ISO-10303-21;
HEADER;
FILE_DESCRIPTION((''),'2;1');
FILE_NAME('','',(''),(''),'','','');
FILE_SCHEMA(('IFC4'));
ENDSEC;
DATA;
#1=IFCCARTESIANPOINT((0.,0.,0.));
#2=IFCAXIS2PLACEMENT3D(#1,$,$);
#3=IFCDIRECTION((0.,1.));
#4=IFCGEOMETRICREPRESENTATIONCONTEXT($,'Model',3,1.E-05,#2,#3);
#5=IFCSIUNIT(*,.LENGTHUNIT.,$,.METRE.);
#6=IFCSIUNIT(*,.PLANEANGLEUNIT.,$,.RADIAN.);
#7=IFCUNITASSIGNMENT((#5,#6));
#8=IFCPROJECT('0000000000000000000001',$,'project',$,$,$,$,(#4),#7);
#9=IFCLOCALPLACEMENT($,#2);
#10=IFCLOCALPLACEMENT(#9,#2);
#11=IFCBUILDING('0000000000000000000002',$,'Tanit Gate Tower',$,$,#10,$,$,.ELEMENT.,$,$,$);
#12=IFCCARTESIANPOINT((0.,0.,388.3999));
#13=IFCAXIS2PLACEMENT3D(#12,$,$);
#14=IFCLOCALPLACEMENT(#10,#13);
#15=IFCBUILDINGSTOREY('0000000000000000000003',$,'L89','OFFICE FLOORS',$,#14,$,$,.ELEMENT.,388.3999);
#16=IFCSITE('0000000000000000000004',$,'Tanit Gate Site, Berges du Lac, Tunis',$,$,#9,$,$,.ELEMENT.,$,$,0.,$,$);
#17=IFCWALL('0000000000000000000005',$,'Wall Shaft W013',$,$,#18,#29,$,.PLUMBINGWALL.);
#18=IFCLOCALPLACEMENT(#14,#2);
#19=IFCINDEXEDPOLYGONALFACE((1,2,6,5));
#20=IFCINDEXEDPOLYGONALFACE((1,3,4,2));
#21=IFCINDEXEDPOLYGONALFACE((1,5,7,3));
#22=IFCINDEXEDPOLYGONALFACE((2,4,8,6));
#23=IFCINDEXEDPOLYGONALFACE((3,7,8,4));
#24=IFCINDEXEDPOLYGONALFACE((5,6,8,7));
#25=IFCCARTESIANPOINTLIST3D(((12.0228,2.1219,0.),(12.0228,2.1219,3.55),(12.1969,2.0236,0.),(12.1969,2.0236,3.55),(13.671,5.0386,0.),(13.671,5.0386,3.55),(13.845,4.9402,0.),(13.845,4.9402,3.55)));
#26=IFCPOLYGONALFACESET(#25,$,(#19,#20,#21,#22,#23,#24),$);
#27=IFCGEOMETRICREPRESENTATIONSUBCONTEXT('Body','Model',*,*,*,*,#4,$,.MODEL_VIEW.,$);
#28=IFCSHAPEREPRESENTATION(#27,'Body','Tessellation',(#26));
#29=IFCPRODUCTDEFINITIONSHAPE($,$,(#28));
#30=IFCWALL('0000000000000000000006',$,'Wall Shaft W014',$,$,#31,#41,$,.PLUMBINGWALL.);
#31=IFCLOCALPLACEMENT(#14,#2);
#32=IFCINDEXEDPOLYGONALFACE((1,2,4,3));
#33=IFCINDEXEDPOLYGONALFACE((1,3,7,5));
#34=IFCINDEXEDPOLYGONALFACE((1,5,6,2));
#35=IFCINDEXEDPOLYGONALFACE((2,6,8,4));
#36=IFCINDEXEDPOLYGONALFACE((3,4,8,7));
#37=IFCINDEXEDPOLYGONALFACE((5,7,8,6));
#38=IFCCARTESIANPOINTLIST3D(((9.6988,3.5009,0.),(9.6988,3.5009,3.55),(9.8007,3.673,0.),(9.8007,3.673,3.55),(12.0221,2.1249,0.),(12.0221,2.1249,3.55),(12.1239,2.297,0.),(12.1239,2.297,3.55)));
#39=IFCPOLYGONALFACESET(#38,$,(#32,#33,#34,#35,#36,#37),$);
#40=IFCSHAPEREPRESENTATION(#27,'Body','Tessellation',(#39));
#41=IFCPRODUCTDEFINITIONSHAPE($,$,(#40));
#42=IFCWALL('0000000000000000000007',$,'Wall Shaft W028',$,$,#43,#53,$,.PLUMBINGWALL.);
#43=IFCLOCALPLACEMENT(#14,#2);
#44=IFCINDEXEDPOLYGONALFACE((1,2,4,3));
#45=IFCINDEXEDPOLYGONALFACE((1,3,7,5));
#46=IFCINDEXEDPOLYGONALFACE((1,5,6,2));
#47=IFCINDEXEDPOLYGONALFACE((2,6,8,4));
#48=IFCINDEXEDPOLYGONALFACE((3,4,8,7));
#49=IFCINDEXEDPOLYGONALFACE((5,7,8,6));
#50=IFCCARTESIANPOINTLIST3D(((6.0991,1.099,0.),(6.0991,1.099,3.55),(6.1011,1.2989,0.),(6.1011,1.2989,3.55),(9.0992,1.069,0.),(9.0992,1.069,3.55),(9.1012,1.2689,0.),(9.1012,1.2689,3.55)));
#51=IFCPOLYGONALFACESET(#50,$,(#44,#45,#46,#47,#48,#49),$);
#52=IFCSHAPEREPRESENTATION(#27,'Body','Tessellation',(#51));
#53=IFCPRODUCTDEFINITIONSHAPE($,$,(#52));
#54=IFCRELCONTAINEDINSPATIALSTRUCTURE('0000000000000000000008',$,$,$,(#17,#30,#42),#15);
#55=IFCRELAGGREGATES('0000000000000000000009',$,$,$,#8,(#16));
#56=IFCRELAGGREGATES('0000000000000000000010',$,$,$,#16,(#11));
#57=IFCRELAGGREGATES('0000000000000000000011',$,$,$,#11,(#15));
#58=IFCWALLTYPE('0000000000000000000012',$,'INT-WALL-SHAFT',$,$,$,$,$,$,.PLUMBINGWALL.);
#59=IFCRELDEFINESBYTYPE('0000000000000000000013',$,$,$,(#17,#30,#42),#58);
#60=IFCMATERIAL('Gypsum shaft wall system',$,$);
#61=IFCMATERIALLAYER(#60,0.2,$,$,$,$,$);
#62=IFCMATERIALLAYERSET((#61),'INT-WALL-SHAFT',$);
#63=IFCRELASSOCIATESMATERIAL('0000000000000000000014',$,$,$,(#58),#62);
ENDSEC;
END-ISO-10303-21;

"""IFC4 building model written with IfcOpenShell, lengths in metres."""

from ifc_helpers import new_model, si_unit, direction, frame, frame_2d, origin, place, context, subcontext, project, spatial, rectangle, extrude, material, layer, layer_set, type_object, element, save


model = new_model("IFC4")

# Units and contexts
model_context = context("Model", 3, precision=1e-05, world=origin(), true_north=direction((0.0, 1.0)))
body_context = subcontext(model_context, "Body", "Model", "MODEL_VIEW")
ifc_project = project(units=[si_unit("LENGTHUNIT", "METRE"), si_unit("PLANEANGLEUNIT", "RADIAN")], contexts=[model_context])

# Site, building, storey
site_placement = place(None, origin())
site = spatial("IfcSite", under=ifc_project, at=site_placement, Name="Tanit Gate Site, Berges du Lac, Tunis", CompositionType="ELEMENT", RefElevation=0.0)
building_placement = place(site_placement, origin())
building = spatial("IfcBuilding", under=site, at=building_placement, Name="Tanit Gate Tower", CompositionType="ELEMENT")
storey_placement = place(building_placement, frame((0.0, 0.0, 388.3999)))
storey = spatial("IfcBuildingStorey", under=building, at=storey_placement, Name="L89", Description="OFFICE FLOORS", CompositionType="ELEMENT", Elevation=388.3999)

# Walls
ifc_material_1 = material(Name="Gypsum shaft wall system")
ifc_layer_1 = layer(ifc_material_1, 0.2)
ifc_layer_set_1 = layer_set([ifc_layer_1], Name="INT-WALL-SHAFT")
wall_type_1 = type_object("IfcWallType", Name="INT-WALL-SHAFT", PredefinedType="PLUMBINGWALL", material=ifc_layer_set_1)
wall_1_placement = place(storey_placement, frame((12.1099, 2.0728, 0.0), z_axis=(0.0, 0.0, 1.0), x_axis=(0.491966, 0.870614, 0.0)))
element("IfcWall", 1, at=wall_1_placement, inside=storey, type_object=wall_type_1, Name="Wall Shaft W013", PredefinedType="PLUMBINGWALL", context=body_context, shape_type="SweptSolid", body=[
    extrude(rectangle(XDim=3.3501, YDim=0.2, at=frame_2d((1.675, 0.0))), origin(), (0.0, 0.0, 1.0), 3.55),
])
wall_2_placement = place(storey_placement, frame((12.073, 2.2109, 0.0), z_axis=(0.0, 0.0, 1.0), x_axis=(-0.860415, 0.509594, 0.0)))
element("IfcWall", 2, at=wall_2_placement, inside=storey, type_object=wall_type_1, Name="Wall Shaft W014", PredefinedType="PLUMBINGWALL", context=body_context, shape_type="SweptSolid", body=[
    extrude(rectangle(XDim=2.7002, YDim=0.2, at=frame_2d((1.3501, 0.0))), origin(), (0.0, 0.0, 1.0), 3.55),
])

# Wall
wall_3_placement = place(storey_placement, frame((9.1001, 1.1689, 0.0), z_axis=(0.0, 0.0, 1.0), x_axis=(-0.99995, 0.010009, 0.0)))
element("IfcWall", 3, at=wall_3_placement, inside=storey, type_object=wall_type_1, Name="Wall Shaft W028", PredefinedType="PLUMBINGWALL", context=body_context, shape_type="SweptSolid", body=[
    extrude(rectangle(XDim=3.0002, YDim=0.2, at=frame_2d((1.5, 0.0))), origin(), (0.0, 0.0, 1.0), 3.55),
])

save(model, "model.ifc")
